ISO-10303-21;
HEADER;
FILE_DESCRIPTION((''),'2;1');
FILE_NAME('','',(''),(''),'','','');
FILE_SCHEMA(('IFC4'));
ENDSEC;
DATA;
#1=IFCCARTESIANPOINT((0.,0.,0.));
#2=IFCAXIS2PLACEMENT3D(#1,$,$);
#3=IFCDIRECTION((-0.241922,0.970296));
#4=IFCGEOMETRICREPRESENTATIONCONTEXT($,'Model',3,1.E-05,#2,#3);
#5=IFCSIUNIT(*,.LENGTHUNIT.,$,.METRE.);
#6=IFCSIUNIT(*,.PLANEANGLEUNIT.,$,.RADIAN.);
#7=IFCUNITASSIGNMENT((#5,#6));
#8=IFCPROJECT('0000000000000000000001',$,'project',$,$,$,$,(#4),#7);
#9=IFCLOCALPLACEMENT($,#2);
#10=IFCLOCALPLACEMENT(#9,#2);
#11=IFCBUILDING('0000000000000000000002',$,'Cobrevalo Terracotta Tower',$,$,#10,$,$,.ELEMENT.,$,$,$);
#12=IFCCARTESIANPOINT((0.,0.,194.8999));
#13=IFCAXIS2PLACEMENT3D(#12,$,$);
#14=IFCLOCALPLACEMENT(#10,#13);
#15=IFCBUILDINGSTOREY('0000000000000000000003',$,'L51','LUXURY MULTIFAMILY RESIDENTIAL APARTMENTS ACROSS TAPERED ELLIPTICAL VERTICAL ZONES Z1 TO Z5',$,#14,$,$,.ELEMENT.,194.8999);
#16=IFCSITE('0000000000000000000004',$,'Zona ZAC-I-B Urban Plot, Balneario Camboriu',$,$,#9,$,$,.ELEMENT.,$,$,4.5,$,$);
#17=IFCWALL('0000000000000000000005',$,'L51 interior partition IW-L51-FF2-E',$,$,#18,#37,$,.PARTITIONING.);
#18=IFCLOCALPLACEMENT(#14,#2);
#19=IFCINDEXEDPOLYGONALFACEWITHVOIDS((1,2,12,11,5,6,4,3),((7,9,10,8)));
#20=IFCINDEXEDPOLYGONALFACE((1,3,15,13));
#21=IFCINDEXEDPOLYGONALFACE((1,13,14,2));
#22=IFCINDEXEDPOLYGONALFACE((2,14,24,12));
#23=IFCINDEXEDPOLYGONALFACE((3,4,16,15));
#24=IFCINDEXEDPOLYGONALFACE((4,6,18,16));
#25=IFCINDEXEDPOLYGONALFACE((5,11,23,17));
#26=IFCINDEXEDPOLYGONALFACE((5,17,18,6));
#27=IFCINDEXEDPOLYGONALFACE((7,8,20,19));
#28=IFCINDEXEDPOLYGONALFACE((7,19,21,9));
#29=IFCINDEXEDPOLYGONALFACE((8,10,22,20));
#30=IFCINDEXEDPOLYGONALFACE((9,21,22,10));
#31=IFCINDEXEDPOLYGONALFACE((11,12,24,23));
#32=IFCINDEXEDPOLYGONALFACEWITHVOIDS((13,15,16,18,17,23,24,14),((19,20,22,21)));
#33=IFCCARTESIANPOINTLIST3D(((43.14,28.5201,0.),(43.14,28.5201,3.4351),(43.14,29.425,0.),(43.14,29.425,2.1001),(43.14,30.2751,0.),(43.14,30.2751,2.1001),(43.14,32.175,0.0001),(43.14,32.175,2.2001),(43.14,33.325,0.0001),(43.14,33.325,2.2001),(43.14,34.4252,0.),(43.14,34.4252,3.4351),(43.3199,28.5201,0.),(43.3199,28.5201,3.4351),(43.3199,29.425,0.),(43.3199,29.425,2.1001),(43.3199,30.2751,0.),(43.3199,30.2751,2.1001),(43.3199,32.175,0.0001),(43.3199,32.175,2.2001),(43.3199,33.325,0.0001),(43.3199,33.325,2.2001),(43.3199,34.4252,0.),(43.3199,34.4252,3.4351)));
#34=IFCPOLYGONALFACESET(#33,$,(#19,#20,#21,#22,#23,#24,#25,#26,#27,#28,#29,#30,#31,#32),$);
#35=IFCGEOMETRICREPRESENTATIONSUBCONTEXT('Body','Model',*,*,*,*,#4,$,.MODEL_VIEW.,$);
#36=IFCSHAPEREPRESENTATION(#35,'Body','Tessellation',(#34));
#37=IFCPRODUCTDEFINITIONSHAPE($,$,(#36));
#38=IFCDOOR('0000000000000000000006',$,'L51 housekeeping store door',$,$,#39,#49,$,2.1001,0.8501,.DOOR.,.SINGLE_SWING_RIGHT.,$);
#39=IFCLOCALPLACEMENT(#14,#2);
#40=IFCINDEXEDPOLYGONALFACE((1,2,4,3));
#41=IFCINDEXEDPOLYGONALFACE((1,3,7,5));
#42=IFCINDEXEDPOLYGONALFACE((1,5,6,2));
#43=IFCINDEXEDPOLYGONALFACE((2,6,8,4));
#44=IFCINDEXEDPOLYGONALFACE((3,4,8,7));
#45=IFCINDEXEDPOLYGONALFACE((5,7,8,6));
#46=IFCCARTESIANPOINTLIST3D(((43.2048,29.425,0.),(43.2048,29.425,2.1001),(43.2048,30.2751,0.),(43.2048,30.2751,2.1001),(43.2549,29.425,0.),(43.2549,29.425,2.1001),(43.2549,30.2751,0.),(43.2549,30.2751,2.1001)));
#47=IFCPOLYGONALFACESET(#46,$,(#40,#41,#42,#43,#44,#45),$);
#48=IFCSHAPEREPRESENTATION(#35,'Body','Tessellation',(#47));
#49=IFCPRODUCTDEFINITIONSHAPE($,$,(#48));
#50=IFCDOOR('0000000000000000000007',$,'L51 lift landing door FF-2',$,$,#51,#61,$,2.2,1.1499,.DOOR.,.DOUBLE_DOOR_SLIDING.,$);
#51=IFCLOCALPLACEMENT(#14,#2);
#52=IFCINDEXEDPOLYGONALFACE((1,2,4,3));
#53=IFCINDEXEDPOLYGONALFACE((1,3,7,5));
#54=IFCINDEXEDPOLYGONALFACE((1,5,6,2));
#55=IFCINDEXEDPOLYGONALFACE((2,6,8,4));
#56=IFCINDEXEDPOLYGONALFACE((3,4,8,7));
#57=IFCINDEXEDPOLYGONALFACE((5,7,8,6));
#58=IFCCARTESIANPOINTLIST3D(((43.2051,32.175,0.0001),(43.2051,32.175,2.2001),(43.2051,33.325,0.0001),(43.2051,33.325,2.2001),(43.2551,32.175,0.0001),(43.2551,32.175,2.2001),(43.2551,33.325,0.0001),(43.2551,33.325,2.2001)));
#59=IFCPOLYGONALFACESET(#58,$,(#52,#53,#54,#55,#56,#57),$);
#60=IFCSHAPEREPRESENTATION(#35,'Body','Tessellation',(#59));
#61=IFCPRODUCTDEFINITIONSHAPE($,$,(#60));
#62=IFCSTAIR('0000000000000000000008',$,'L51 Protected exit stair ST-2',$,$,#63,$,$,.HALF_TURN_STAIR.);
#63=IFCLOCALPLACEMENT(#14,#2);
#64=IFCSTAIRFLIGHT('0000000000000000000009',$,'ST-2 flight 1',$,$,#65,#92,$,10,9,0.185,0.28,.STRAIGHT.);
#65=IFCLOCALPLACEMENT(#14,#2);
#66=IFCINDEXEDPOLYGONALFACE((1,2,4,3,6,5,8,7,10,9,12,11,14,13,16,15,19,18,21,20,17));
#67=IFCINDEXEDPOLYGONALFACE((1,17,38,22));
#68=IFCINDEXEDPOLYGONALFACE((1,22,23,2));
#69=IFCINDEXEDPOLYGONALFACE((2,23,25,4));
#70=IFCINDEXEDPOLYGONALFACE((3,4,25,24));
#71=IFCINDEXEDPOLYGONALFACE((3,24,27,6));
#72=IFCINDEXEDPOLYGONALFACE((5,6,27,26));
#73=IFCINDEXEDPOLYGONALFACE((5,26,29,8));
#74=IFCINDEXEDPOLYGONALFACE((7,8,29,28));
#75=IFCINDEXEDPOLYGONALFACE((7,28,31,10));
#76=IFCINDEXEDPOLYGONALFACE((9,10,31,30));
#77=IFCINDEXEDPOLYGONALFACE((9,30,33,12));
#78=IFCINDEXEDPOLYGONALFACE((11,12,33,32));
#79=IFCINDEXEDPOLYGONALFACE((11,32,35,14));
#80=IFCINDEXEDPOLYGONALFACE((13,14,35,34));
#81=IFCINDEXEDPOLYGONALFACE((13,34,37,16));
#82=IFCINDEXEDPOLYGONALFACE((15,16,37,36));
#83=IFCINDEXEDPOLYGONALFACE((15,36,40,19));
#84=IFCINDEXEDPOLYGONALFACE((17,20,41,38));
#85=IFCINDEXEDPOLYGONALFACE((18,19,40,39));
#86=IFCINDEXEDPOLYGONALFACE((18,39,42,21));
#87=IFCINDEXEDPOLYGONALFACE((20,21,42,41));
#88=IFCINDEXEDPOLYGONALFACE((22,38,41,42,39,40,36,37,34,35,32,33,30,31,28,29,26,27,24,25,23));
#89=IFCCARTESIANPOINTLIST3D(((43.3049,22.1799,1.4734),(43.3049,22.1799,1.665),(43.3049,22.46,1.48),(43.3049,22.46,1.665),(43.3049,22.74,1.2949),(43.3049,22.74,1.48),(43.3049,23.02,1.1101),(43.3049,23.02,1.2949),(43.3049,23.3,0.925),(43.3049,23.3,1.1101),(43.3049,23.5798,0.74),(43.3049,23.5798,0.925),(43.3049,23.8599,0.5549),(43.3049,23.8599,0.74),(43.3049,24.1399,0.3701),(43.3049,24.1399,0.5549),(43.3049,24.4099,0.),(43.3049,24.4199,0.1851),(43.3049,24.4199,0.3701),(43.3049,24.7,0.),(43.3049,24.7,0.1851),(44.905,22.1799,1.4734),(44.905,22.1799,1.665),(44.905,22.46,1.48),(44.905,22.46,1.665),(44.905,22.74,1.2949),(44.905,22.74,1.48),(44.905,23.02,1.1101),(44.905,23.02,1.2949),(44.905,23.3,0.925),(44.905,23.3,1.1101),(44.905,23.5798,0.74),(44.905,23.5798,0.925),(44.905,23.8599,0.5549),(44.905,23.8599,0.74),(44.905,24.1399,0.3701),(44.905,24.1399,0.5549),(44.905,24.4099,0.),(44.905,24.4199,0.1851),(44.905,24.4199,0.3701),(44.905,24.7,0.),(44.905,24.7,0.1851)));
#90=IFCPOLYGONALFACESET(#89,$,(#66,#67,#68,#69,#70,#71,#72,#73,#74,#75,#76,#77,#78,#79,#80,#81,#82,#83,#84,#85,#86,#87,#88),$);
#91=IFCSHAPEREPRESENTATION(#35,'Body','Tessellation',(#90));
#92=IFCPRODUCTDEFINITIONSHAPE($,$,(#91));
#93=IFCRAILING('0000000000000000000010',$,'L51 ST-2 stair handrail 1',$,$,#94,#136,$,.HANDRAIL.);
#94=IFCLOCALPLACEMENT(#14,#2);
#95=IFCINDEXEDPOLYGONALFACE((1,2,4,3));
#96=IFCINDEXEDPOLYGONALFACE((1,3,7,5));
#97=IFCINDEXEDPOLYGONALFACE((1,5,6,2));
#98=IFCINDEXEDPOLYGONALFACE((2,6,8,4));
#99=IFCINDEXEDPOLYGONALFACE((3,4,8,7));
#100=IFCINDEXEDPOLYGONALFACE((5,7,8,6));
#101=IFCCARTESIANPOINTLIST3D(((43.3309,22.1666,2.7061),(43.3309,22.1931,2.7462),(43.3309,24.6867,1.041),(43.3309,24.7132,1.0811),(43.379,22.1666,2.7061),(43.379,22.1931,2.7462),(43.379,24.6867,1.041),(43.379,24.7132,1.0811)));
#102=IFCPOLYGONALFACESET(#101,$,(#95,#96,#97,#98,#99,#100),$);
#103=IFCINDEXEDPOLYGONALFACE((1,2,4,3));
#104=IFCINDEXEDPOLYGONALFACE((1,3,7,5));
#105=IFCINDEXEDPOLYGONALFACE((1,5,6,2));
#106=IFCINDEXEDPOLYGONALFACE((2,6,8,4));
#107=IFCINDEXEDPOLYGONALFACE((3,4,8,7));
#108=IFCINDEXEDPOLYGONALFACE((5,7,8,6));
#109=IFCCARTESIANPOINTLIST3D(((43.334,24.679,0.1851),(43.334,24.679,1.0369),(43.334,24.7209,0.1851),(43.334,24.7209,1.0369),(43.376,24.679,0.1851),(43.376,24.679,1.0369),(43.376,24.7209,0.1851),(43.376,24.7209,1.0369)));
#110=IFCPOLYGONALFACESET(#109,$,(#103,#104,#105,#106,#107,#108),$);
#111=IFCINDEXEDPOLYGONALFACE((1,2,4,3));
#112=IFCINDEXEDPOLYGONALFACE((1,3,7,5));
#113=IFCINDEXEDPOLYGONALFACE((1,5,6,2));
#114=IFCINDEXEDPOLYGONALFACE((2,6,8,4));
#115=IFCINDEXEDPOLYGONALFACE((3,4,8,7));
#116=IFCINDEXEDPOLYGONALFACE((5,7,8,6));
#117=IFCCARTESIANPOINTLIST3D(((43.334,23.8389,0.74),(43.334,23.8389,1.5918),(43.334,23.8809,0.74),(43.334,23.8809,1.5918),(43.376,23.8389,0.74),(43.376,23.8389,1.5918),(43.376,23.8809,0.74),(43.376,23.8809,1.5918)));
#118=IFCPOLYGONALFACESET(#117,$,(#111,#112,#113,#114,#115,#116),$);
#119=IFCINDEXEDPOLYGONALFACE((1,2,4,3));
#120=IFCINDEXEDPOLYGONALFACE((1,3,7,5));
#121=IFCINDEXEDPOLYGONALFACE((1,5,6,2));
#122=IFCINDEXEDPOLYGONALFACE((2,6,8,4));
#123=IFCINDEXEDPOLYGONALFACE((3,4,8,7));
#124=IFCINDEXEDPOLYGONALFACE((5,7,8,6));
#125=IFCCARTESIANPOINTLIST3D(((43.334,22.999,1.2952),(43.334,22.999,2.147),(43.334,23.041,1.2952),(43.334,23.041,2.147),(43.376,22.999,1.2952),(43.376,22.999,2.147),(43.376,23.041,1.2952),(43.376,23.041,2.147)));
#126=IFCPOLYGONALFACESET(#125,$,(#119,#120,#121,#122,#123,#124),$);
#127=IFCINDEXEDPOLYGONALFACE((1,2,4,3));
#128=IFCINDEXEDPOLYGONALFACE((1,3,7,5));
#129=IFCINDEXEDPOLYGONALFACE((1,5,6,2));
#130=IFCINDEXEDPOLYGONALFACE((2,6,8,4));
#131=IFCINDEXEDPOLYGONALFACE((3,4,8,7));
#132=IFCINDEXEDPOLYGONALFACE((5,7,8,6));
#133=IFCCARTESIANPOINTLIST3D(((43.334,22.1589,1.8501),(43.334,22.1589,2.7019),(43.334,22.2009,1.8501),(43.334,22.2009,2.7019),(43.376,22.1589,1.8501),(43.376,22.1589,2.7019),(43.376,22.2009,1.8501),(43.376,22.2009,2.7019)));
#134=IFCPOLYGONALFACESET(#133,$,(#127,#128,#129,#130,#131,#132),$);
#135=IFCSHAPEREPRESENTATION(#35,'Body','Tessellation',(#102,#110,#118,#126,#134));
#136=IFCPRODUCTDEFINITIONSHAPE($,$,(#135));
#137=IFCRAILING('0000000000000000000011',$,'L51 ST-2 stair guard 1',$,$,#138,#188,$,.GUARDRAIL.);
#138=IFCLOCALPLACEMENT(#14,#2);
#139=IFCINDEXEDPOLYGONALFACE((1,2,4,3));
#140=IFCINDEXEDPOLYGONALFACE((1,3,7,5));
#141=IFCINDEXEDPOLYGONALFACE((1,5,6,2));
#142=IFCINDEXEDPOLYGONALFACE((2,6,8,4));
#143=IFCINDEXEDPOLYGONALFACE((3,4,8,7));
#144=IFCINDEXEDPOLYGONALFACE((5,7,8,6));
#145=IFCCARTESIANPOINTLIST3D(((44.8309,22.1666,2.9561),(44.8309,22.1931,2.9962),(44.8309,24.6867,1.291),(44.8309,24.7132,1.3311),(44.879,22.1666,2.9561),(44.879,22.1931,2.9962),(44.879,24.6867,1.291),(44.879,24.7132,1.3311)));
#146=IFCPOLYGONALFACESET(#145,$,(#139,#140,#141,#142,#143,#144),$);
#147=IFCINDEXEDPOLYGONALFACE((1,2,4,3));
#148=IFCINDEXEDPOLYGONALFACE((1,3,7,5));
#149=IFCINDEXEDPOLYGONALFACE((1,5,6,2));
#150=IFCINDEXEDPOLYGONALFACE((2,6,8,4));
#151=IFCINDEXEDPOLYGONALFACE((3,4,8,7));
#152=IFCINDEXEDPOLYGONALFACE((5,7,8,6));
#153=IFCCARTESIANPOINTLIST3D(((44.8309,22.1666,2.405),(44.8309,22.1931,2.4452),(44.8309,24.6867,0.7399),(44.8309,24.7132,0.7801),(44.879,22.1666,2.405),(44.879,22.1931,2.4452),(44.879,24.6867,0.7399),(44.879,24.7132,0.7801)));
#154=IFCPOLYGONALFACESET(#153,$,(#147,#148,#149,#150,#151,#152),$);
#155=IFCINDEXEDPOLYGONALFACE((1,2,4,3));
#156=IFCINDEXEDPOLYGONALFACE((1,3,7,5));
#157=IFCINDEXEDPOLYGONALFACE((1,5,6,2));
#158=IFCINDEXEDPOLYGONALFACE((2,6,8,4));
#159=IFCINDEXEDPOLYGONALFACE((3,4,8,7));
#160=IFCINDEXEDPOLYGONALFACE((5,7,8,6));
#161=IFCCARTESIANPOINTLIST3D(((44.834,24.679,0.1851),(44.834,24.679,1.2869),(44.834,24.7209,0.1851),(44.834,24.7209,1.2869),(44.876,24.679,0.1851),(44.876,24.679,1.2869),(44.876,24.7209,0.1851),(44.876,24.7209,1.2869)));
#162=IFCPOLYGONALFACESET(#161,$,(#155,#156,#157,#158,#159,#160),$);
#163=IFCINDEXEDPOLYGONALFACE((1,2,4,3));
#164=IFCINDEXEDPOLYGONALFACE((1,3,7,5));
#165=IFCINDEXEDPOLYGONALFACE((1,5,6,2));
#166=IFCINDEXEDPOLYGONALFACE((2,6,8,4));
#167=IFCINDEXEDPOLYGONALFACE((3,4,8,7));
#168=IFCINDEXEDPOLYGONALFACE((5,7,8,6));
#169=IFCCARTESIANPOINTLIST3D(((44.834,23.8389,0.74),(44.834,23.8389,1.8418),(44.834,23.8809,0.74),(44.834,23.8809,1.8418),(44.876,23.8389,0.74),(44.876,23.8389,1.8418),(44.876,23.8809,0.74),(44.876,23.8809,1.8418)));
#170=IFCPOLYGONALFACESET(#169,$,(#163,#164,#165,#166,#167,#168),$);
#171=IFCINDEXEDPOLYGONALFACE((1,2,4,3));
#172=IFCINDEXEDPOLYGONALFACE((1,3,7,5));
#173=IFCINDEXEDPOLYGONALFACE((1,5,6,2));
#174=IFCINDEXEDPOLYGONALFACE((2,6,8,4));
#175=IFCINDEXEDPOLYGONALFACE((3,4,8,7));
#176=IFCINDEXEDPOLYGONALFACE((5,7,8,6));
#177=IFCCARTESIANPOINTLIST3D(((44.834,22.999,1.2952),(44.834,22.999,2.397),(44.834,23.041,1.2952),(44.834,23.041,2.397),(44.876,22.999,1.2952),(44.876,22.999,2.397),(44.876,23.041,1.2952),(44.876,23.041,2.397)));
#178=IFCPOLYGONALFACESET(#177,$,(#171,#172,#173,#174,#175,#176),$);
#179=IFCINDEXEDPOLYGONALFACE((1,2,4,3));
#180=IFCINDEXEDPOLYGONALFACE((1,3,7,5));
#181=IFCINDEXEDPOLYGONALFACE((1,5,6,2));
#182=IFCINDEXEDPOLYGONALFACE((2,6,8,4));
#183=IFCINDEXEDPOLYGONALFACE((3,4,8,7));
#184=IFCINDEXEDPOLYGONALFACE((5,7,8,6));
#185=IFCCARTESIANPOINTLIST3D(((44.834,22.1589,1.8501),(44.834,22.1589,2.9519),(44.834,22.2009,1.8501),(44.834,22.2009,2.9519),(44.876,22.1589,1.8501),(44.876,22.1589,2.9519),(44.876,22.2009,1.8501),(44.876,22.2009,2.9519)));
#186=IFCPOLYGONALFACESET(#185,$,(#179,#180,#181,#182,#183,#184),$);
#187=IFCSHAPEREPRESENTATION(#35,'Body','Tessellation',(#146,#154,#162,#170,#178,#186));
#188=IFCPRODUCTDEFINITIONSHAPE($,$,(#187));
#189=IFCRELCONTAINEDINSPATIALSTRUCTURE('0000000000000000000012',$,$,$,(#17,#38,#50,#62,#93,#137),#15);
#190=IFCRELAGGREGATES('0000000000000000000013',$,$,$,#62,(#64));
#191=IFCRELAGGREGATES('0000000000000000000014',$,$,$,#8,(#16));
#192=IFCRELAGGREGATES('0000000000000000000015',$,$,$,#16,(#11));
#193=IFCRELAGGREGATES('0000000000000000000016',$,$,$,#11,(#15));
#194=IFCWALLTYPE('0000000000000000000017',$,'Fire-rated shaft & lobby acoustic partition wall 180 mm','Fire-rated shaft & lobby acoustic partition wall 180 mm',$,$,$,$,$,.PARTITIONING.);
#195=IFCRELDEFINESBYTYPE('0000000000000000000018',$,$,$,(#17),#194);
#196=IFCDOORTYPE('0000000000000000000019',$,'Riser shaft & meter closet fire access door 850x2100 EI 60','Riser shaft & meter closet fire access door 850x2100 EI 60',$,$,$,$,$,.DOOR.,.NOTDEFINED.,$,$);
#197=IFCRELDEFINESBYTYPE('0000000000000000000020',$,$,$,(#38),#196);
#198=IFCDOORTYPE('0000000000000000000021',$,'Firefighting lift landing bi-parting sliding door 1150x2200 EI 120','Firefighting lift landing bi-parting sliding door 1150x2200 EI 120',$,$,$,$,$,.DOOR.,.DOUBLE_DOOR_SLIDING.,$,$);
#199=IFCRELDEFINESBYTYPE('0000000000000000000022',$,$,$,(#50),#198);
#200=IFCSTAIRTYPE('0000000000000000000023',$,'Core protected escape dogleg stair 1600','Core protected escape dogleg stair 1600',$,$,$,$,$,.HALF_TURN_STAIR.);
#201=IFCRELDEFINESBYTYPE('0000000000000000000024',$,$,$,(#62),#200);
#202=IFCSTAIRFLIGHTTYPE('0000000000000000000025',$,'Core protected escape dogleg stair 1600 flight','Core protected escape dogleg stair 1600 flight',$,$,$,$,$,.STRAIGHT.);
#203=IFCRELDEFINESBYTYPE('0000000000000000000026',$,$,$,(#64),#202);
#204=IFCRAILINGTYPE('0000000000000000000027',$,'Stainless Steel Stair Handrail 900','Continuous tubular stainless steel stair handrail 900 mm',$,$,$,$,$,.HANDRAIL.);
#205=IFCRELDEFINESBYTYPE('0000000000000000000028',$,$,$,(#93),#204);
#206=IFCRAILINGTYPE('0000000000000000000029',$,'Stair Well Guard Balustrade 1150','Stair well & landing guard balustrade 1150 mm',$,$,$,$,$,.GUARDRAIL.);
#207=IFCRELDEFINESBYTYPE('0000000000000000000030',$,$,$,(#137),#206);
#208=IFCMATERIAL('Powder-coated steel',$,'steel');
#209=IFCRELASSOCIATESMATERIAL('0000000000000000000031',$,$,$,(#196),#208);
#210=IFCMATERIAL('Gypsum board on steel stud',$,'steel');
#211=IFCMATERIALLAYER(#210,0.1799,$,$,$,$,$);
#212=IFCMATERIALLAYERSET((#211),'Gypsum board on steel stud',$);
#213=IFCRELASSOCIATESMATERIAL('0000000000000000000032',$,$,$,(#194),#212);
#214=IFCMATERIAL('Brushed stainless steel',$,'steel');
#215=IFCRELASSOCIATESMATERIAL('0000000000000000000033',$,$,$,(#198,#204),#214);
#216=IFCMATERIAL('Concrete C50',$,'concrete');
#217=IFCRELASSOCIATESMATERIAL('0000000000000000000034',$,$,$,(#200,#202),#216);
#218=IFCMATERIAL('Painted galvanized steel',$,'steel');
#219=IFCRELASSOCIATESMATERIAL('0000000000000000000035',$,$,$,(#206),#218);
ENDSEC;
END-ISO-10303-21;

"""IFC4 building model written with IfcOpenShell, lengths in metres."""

from ifc_helpers import new_model, si_unit, direction, frame, frame_2d, origin, origin_2d, place, context, subcontext, project, spatial, polyline, rectangle, outline, extrude, source, transform, mapped, material, layer, layer_set, type_object, element, fill, aggregate, save


model = new_model("IFC4")

# Units and contexts
model_context = context("Model", 3, precision=1e-05, world=origin(), true_north=direction((-0.241922, 0.970296)))
body_context = subcontext(model_context, "Body", "Model", "MODEL_VIEW")
ifc_project = project(units=[si_unit("LENGTHUNIT", "METRE"), si_unit("PLANEANGLEUNIT", "RADIAN")], contexts=[model_context])

# Site, building, storey
site_placement = place(None, origin())
site = spatial("IfcSite", under=ifc_project, at=site_placement, Name="Zona ZAC-I-B Urban Plot, Balneario Camboriu", CompositionType="ELEMENT", RefElevation=4.5)
building_placement = place(site_placement, origin())
building = spatial("IfcBuilding", under=site, at=building_placement, Name="Cobrevalo Terracotta Tower", CompositionType="ELEMENT")
storey_placement = place(building_placement, frame((0.0, 0.0, 194.8999)))
storey = spatial("IfcBuildingStorey", under=building, at=storey_placement, Name="L51", Description="LUXURY MULTIFAMILY RESIDENTIAL APARTMENTS ACROSS TAPERED ELLIPTICAL VERTICAL ZONES Z1 TO Z5", CompositionType="ELEMENT", Elevation=194.8999)

# Shared definitions
ifc_material_1 = material(Name="Gypsum board on steel stud", Category="steel")

# Shared definitions
ifc_material_2 = material(Name="Powder-coated steel", Category="steel")
door_type_1 = type_object("IfcDoorType", Name="Riser shaft & meter closet fire access door 850x2100 EI 60", Description="Riser shaft & meter closet fire access door 850x2100 EI 60", OperationType="NOTDEFINED", PredefinedType="DOOR", material=ifc_material_2)
shared_shape_1 = source(origin(), body_context, "Body", "SweptSolid", [
    extrude(rectangle(XDim=0.8501, YDim=2.1001, at=frame_2d((0.425, 1.05))), frame((0.0, 0.0249, 0.0), z_axis=(0.0, -1.0, 0.0), x_axis=(1.0, 0.0, 0.0)), (0.0, 0.0, 1.0), 0.05),
])

# Shared definitions
ifc_material_3 = material(Name="Brushed stainless steel", Category="steel")

# Shared definitions
ifc_layer_1 = layer(ifc_material_1, 0.1799)
ifc_layer_set_1 = layer_set([ifc_layer_1], Name="Gypsum board on steel stud")
wall_type_1 = type_object("IfcWallType", Name="Fire-rated shaft & lobby acoustic partition wall 180 mm", Description="Fire-rated shaft & lobby acoustic partition wall 180 mm", PredefinedType="PARTITIONING", material=ifc_layer_set_1)

# Wall, openings, doors
wall_1_placement = place(storey_placement, frame((43.23, 28.52, 0.0), z_axis=(0.0, 0.0, 1.0), x_axis=(0.0, 1.0, 0.0)))
wall_1 = element("IfcWall", 1, at=wall_1_placement, inside=storey, type_object=wall_type_1, Name="L51 interior partition IW-L51-FF2-E", PredefinedType="PARTITIONING", context=body_context, shape_type="SweptSolid", body=[
    extrude(rectangle(XDim=5.905, YDim=0.1799, at=frame_2d((2.9526, 0.0))), origin(), (0.0, 0.0, 1.0), 3.4351),
])
opening_1_placement = place(wall_1_placement, frame((0.905, 0.0, 0.0)))
opening_1 = element("IfcOpeningElement", 2, at=opening_1_placement, cuts=wall_1, PredefinedType="OPENING", context=body_context, shape_type="SweptSolid", body=[
    extrude(rectangle(XDim=0.8501, YDim=2.1001, at=frame_2d((0.425, 1.05))), frame((0.0, 0.1001, 0.0), z_axis=(0.0, -1.0, 0.0), x_axis=(1.0, 0.0, 0.0)), (0.0, 0.0, 1.0), 0.2),
])
opening_2_placement = place(wall_1_placement, frame((3.655, 0.0, 0.0)))
opening_2 = element("IfcOpeningElement", 3, at=opening_2_placement, cuts=wall_1, PredefinedType="OPENING", context=body_context, shape_type="SweptSolid", body=[
    extrude(rectangle(XDim=1.1499, YDim=2.2, at=frame_2d((0.575, 1.1001))), frame((0.0, 0.1001, 0.0), z_axis=(0.0, -1.0, 0.0), x_axis=(1.0, 0.0, 0.0)), (0.0, 0.0, 1.0), 0.2),
])
door_1_placement = place(opening_1_placement, frame((0.8501, 0.0, 0.0), z_axis=(0.0, 0.0, 1.0), x_axis=(-1.0, 0.0, 0.0)))
door_1 = element("IfcDoor", 4, at=door_1_placement, inside=storey, type_object=door_type_1, Name="L51 housekeeping store door", OperationType="SINGLE_SWING_RIGHT", OverallHeight=2.1001, OverallWidth=0.8501, PredefinedType="DOOR", context=body_context, shape_type="MappedRepresentation", body=[
    mapped(shared_shape_1, transform((0.0, 0.0, 0.0), scale=1.0)),
])
fill(opening_1, door_1)
door_type_2 = type_object("IfcDoorType", Name="Firefighting lift landing bi-parting sliding door 1150x2200 EI 120", Description="Firefighting lift landing bi-parting sliding door 1150x2200 EI 120", OperationType="DOUBLE_DOOR_SLIDING", PredefinedType="DOOR", material=ifc_material_3)
shared_shape_2 = source(origin(), body_context, "Body", "SweptSolid", [
    extrude(rectangle(XDim=1.1499, YDim=2.2, at=frame_2d((0.575, 1.1001))), frame((0.0, 0.0249, 0.0), z_axis=(0.0, -1.0, 0.0), x_axis=(1.0, 0.0, 0.0)), (0.0, 0.0, 1.0), 0.05),
])
door_2_placement = place(opening_2_placement, origin())
door_2 = element("IfcDoor", 5, at=door_2_placement, inside=storey, type_object=door_type_2, Name="L51 lift landing door FF-2", OperationType="DOUBLE_DOOR_SLIDING", OverallHeight=2.2, OverallWidth=1.1499, PredefinedType="DOOR", context=body_context, shape_type="MappedRepresentation", body=[
    mapped(shared_shape_2, transform((0.0, 0.0, 0.0), scale=1.0)),
])
fill(opening_2, door_2)

# Shared definitions
ifc_material_4 = material(Name="Concrete C50", Category="concrete")

# Stair, stair flight
stair_type = type_object("IfcStairType", Name="Core protected escape dogleg stair 1600", Description="Core protected escape dogleg stair 1600", PredefinedType="HALF_TURN_STAIR", material=ifc_material_4)
stair_placement = place(storey_placement, origin())
stair = element("IfcStair", 6, at=stair_placement, inside=storey, type_object=stair_type, Name="L51 Protected exit stair ST-2", PredefinedType="HALF_TURN_STAIR")
stair_flight_type = type_object("IfcStairFlightType", Name="Core protected escape dogleg stair 1600 flight", Description="Core protected escape dogleg stair 1600 flight", PredefinedType="STRAIGHT", material=ifc_material_4)
stair_flight_placement = place(storey_placement, frame((44.105, 24.7, 0.0), z_axis=(0.0, 0.0, 1.0), x_axis=(0.0, -1.0, 0.0)))
stair_flight = element("IfcStairFlight", 7, at=stair_flight_placement, type_object=stair_flight_type, Name="ST-2 flight 1", NumberOfRisers=10, NumberOfTreads=9, PredefinedType="STRAIGHT", RiserHeight=0.185, TreadLength=0.28, context=body_context, shape_type="SweptSolid", body=[
    extrude(outline(polyline([(0.0, 0.0), (0.0, 0.1851), (0.28, 0.1851), (0.28, 0.3701), (0.5601, 0.3701), (0.5601, 0.5549), (0.8401, 0.5549), (0.8401, 0.74), (1.1201, 0.74), (1.1201, 0.925), (1.3999, 0.925), (1.3999, 1.1101), (1.6799, 1.1101), (1.6799, 1.2949), (1.96, 1.2949), (1.96, 1.48), (2.24, 1.48), (2.24, 1.665), (2.52, 1.665), (2.52, 1.8501), (2.52, 1.4734), (0.29, 0.0), (0.0, 0.0)])), frame((0.0, 0.8, 0.0), z_axis=(0.0, -1.0, 0.0), x_axis=(1.0, 0.0, 0.0)), (0.0, 0.0, 1.0), 1.6001),
])
aggregate(stair, [stair_flight])

# Railings
railing_type_1 = type_object("IfcRailingType", Name="Stainless Steel Stair Handrail 900", Description="Continuous tubular stainless steel stair handrail 900 mm", PredefinedType="HANDRAIL", material=ifc_material_3)
railing_1_placement = place(storey_placement, frame((43.355, 24.7, 0.1851)))
element("IfcRailing", 8, at=railing_1_placement, inside=storey, type_object=railing_type_1, Name="L51 ST-2 stair handrail 1", PredefinedType="HANDRAIL", context=body_context, shape_type="SweptSolid", body=[
    extrude(rectangle(XDim=0.0481, YDim=0.0481, at=origin_2d()), frame((0.0, 0.0, 0.876), z_axis=(0.0, -0.834331, 0.551263), x_axis=(1.0, 0.0, 0.0)), (0.0, 0.0, 1.0), 3.0205),
    extrude(rectangle(XDim=0.042, YDim=0.042, at=origin_2d()), origin(), (0.0, 0.0, 1.0), 0.8518),
    extrude(rectangle(XDim=0.042, YDim=0.042, at=origin_2d()), frame((0.0, -0.8401, 0.5549)), (0.0, 0.0, 1.0), 0.8518),
    extrude(rectangle(XDim=0.042, YDim=0.042, at=origin_2d()), frame((0.0, -1.6799, 1.1101)), (0.0, 0.0, 1.0), 0.8518),
    extrude(rectangle(XDim=0.042, YDim=0.042, at=origin_2d()), frame((0.0, -2.52, 1.665)), (0.0, 0.0, 1.0), 0.8518),
])
ifc_material_5 = material(Name="Painted galvanized steel", Category="steel")
railing_type_2 = type_object("IfcRailingType", Name="Stair Well Guard Balustrade 1150", Description="Stair well & landing guard balustrade 1150 mm", PredefinedType="GUARDRAIL", material=ifc_material_5)
railing_2_placement = place(storey_placement, frame((44.855, 24.7, 0.1851)))
element("IfcRailing", 9, at=railing_2_placement, inside=storey, type_object=railing_type_2, Name="L51 ST-2 stair guard 1", PredefinedType="GUARDRAIL", context=body_context, shape_type="SweptSolid", body=[
    extrude(rectangle(XDim=0.0481, YDim=0.0481, at=origin_2d()), frame((0.0, 0.0, 1.126), z_axis=(0.0, -0.834331, 0.551263), x_axis=(1.0, 0.0, 0.0)), (0.0, 0.0, 1.0), 3.0205),
    extrude(rectangle(XDim=0.0481, YDim=0.0481, at=origin_2d()), frame((0.0, 0.0, 0.575), z_axis=(0.0, -0.834331, 0.551263), x_axis=(1.0, 0.0, 0.0)), (0.0, 0.0, 1.0), 3.0205),
    extrude(rectangle(XDim=0.042, YDim=0.042, at=origin_2d()), origin(), (0.0, 0.0, 1.0), 1.1018),
    extrude(rectangle(XDim=0.042, YDim=0.042, at=origin_2d()), frame((0.0, -0.8401, 0.5549)), (0.0, 0.0, 1.0), 1.1018),
    extrude(rectangle(XDim=0.042, YDim=0.042, at=origin_2d()), frame((0.0, -1.6799, 1.1101)), (0.0, 0.0, 1.0), 1.1018),
    extrude(rectangle(XDim=0.042, YDim=0.042, at=origin_2d()), frame((0.0, -2.52, 1.665)), (0.0, 0.0, 1.0), 1.1018),
])

save(model, "model.ifc")
